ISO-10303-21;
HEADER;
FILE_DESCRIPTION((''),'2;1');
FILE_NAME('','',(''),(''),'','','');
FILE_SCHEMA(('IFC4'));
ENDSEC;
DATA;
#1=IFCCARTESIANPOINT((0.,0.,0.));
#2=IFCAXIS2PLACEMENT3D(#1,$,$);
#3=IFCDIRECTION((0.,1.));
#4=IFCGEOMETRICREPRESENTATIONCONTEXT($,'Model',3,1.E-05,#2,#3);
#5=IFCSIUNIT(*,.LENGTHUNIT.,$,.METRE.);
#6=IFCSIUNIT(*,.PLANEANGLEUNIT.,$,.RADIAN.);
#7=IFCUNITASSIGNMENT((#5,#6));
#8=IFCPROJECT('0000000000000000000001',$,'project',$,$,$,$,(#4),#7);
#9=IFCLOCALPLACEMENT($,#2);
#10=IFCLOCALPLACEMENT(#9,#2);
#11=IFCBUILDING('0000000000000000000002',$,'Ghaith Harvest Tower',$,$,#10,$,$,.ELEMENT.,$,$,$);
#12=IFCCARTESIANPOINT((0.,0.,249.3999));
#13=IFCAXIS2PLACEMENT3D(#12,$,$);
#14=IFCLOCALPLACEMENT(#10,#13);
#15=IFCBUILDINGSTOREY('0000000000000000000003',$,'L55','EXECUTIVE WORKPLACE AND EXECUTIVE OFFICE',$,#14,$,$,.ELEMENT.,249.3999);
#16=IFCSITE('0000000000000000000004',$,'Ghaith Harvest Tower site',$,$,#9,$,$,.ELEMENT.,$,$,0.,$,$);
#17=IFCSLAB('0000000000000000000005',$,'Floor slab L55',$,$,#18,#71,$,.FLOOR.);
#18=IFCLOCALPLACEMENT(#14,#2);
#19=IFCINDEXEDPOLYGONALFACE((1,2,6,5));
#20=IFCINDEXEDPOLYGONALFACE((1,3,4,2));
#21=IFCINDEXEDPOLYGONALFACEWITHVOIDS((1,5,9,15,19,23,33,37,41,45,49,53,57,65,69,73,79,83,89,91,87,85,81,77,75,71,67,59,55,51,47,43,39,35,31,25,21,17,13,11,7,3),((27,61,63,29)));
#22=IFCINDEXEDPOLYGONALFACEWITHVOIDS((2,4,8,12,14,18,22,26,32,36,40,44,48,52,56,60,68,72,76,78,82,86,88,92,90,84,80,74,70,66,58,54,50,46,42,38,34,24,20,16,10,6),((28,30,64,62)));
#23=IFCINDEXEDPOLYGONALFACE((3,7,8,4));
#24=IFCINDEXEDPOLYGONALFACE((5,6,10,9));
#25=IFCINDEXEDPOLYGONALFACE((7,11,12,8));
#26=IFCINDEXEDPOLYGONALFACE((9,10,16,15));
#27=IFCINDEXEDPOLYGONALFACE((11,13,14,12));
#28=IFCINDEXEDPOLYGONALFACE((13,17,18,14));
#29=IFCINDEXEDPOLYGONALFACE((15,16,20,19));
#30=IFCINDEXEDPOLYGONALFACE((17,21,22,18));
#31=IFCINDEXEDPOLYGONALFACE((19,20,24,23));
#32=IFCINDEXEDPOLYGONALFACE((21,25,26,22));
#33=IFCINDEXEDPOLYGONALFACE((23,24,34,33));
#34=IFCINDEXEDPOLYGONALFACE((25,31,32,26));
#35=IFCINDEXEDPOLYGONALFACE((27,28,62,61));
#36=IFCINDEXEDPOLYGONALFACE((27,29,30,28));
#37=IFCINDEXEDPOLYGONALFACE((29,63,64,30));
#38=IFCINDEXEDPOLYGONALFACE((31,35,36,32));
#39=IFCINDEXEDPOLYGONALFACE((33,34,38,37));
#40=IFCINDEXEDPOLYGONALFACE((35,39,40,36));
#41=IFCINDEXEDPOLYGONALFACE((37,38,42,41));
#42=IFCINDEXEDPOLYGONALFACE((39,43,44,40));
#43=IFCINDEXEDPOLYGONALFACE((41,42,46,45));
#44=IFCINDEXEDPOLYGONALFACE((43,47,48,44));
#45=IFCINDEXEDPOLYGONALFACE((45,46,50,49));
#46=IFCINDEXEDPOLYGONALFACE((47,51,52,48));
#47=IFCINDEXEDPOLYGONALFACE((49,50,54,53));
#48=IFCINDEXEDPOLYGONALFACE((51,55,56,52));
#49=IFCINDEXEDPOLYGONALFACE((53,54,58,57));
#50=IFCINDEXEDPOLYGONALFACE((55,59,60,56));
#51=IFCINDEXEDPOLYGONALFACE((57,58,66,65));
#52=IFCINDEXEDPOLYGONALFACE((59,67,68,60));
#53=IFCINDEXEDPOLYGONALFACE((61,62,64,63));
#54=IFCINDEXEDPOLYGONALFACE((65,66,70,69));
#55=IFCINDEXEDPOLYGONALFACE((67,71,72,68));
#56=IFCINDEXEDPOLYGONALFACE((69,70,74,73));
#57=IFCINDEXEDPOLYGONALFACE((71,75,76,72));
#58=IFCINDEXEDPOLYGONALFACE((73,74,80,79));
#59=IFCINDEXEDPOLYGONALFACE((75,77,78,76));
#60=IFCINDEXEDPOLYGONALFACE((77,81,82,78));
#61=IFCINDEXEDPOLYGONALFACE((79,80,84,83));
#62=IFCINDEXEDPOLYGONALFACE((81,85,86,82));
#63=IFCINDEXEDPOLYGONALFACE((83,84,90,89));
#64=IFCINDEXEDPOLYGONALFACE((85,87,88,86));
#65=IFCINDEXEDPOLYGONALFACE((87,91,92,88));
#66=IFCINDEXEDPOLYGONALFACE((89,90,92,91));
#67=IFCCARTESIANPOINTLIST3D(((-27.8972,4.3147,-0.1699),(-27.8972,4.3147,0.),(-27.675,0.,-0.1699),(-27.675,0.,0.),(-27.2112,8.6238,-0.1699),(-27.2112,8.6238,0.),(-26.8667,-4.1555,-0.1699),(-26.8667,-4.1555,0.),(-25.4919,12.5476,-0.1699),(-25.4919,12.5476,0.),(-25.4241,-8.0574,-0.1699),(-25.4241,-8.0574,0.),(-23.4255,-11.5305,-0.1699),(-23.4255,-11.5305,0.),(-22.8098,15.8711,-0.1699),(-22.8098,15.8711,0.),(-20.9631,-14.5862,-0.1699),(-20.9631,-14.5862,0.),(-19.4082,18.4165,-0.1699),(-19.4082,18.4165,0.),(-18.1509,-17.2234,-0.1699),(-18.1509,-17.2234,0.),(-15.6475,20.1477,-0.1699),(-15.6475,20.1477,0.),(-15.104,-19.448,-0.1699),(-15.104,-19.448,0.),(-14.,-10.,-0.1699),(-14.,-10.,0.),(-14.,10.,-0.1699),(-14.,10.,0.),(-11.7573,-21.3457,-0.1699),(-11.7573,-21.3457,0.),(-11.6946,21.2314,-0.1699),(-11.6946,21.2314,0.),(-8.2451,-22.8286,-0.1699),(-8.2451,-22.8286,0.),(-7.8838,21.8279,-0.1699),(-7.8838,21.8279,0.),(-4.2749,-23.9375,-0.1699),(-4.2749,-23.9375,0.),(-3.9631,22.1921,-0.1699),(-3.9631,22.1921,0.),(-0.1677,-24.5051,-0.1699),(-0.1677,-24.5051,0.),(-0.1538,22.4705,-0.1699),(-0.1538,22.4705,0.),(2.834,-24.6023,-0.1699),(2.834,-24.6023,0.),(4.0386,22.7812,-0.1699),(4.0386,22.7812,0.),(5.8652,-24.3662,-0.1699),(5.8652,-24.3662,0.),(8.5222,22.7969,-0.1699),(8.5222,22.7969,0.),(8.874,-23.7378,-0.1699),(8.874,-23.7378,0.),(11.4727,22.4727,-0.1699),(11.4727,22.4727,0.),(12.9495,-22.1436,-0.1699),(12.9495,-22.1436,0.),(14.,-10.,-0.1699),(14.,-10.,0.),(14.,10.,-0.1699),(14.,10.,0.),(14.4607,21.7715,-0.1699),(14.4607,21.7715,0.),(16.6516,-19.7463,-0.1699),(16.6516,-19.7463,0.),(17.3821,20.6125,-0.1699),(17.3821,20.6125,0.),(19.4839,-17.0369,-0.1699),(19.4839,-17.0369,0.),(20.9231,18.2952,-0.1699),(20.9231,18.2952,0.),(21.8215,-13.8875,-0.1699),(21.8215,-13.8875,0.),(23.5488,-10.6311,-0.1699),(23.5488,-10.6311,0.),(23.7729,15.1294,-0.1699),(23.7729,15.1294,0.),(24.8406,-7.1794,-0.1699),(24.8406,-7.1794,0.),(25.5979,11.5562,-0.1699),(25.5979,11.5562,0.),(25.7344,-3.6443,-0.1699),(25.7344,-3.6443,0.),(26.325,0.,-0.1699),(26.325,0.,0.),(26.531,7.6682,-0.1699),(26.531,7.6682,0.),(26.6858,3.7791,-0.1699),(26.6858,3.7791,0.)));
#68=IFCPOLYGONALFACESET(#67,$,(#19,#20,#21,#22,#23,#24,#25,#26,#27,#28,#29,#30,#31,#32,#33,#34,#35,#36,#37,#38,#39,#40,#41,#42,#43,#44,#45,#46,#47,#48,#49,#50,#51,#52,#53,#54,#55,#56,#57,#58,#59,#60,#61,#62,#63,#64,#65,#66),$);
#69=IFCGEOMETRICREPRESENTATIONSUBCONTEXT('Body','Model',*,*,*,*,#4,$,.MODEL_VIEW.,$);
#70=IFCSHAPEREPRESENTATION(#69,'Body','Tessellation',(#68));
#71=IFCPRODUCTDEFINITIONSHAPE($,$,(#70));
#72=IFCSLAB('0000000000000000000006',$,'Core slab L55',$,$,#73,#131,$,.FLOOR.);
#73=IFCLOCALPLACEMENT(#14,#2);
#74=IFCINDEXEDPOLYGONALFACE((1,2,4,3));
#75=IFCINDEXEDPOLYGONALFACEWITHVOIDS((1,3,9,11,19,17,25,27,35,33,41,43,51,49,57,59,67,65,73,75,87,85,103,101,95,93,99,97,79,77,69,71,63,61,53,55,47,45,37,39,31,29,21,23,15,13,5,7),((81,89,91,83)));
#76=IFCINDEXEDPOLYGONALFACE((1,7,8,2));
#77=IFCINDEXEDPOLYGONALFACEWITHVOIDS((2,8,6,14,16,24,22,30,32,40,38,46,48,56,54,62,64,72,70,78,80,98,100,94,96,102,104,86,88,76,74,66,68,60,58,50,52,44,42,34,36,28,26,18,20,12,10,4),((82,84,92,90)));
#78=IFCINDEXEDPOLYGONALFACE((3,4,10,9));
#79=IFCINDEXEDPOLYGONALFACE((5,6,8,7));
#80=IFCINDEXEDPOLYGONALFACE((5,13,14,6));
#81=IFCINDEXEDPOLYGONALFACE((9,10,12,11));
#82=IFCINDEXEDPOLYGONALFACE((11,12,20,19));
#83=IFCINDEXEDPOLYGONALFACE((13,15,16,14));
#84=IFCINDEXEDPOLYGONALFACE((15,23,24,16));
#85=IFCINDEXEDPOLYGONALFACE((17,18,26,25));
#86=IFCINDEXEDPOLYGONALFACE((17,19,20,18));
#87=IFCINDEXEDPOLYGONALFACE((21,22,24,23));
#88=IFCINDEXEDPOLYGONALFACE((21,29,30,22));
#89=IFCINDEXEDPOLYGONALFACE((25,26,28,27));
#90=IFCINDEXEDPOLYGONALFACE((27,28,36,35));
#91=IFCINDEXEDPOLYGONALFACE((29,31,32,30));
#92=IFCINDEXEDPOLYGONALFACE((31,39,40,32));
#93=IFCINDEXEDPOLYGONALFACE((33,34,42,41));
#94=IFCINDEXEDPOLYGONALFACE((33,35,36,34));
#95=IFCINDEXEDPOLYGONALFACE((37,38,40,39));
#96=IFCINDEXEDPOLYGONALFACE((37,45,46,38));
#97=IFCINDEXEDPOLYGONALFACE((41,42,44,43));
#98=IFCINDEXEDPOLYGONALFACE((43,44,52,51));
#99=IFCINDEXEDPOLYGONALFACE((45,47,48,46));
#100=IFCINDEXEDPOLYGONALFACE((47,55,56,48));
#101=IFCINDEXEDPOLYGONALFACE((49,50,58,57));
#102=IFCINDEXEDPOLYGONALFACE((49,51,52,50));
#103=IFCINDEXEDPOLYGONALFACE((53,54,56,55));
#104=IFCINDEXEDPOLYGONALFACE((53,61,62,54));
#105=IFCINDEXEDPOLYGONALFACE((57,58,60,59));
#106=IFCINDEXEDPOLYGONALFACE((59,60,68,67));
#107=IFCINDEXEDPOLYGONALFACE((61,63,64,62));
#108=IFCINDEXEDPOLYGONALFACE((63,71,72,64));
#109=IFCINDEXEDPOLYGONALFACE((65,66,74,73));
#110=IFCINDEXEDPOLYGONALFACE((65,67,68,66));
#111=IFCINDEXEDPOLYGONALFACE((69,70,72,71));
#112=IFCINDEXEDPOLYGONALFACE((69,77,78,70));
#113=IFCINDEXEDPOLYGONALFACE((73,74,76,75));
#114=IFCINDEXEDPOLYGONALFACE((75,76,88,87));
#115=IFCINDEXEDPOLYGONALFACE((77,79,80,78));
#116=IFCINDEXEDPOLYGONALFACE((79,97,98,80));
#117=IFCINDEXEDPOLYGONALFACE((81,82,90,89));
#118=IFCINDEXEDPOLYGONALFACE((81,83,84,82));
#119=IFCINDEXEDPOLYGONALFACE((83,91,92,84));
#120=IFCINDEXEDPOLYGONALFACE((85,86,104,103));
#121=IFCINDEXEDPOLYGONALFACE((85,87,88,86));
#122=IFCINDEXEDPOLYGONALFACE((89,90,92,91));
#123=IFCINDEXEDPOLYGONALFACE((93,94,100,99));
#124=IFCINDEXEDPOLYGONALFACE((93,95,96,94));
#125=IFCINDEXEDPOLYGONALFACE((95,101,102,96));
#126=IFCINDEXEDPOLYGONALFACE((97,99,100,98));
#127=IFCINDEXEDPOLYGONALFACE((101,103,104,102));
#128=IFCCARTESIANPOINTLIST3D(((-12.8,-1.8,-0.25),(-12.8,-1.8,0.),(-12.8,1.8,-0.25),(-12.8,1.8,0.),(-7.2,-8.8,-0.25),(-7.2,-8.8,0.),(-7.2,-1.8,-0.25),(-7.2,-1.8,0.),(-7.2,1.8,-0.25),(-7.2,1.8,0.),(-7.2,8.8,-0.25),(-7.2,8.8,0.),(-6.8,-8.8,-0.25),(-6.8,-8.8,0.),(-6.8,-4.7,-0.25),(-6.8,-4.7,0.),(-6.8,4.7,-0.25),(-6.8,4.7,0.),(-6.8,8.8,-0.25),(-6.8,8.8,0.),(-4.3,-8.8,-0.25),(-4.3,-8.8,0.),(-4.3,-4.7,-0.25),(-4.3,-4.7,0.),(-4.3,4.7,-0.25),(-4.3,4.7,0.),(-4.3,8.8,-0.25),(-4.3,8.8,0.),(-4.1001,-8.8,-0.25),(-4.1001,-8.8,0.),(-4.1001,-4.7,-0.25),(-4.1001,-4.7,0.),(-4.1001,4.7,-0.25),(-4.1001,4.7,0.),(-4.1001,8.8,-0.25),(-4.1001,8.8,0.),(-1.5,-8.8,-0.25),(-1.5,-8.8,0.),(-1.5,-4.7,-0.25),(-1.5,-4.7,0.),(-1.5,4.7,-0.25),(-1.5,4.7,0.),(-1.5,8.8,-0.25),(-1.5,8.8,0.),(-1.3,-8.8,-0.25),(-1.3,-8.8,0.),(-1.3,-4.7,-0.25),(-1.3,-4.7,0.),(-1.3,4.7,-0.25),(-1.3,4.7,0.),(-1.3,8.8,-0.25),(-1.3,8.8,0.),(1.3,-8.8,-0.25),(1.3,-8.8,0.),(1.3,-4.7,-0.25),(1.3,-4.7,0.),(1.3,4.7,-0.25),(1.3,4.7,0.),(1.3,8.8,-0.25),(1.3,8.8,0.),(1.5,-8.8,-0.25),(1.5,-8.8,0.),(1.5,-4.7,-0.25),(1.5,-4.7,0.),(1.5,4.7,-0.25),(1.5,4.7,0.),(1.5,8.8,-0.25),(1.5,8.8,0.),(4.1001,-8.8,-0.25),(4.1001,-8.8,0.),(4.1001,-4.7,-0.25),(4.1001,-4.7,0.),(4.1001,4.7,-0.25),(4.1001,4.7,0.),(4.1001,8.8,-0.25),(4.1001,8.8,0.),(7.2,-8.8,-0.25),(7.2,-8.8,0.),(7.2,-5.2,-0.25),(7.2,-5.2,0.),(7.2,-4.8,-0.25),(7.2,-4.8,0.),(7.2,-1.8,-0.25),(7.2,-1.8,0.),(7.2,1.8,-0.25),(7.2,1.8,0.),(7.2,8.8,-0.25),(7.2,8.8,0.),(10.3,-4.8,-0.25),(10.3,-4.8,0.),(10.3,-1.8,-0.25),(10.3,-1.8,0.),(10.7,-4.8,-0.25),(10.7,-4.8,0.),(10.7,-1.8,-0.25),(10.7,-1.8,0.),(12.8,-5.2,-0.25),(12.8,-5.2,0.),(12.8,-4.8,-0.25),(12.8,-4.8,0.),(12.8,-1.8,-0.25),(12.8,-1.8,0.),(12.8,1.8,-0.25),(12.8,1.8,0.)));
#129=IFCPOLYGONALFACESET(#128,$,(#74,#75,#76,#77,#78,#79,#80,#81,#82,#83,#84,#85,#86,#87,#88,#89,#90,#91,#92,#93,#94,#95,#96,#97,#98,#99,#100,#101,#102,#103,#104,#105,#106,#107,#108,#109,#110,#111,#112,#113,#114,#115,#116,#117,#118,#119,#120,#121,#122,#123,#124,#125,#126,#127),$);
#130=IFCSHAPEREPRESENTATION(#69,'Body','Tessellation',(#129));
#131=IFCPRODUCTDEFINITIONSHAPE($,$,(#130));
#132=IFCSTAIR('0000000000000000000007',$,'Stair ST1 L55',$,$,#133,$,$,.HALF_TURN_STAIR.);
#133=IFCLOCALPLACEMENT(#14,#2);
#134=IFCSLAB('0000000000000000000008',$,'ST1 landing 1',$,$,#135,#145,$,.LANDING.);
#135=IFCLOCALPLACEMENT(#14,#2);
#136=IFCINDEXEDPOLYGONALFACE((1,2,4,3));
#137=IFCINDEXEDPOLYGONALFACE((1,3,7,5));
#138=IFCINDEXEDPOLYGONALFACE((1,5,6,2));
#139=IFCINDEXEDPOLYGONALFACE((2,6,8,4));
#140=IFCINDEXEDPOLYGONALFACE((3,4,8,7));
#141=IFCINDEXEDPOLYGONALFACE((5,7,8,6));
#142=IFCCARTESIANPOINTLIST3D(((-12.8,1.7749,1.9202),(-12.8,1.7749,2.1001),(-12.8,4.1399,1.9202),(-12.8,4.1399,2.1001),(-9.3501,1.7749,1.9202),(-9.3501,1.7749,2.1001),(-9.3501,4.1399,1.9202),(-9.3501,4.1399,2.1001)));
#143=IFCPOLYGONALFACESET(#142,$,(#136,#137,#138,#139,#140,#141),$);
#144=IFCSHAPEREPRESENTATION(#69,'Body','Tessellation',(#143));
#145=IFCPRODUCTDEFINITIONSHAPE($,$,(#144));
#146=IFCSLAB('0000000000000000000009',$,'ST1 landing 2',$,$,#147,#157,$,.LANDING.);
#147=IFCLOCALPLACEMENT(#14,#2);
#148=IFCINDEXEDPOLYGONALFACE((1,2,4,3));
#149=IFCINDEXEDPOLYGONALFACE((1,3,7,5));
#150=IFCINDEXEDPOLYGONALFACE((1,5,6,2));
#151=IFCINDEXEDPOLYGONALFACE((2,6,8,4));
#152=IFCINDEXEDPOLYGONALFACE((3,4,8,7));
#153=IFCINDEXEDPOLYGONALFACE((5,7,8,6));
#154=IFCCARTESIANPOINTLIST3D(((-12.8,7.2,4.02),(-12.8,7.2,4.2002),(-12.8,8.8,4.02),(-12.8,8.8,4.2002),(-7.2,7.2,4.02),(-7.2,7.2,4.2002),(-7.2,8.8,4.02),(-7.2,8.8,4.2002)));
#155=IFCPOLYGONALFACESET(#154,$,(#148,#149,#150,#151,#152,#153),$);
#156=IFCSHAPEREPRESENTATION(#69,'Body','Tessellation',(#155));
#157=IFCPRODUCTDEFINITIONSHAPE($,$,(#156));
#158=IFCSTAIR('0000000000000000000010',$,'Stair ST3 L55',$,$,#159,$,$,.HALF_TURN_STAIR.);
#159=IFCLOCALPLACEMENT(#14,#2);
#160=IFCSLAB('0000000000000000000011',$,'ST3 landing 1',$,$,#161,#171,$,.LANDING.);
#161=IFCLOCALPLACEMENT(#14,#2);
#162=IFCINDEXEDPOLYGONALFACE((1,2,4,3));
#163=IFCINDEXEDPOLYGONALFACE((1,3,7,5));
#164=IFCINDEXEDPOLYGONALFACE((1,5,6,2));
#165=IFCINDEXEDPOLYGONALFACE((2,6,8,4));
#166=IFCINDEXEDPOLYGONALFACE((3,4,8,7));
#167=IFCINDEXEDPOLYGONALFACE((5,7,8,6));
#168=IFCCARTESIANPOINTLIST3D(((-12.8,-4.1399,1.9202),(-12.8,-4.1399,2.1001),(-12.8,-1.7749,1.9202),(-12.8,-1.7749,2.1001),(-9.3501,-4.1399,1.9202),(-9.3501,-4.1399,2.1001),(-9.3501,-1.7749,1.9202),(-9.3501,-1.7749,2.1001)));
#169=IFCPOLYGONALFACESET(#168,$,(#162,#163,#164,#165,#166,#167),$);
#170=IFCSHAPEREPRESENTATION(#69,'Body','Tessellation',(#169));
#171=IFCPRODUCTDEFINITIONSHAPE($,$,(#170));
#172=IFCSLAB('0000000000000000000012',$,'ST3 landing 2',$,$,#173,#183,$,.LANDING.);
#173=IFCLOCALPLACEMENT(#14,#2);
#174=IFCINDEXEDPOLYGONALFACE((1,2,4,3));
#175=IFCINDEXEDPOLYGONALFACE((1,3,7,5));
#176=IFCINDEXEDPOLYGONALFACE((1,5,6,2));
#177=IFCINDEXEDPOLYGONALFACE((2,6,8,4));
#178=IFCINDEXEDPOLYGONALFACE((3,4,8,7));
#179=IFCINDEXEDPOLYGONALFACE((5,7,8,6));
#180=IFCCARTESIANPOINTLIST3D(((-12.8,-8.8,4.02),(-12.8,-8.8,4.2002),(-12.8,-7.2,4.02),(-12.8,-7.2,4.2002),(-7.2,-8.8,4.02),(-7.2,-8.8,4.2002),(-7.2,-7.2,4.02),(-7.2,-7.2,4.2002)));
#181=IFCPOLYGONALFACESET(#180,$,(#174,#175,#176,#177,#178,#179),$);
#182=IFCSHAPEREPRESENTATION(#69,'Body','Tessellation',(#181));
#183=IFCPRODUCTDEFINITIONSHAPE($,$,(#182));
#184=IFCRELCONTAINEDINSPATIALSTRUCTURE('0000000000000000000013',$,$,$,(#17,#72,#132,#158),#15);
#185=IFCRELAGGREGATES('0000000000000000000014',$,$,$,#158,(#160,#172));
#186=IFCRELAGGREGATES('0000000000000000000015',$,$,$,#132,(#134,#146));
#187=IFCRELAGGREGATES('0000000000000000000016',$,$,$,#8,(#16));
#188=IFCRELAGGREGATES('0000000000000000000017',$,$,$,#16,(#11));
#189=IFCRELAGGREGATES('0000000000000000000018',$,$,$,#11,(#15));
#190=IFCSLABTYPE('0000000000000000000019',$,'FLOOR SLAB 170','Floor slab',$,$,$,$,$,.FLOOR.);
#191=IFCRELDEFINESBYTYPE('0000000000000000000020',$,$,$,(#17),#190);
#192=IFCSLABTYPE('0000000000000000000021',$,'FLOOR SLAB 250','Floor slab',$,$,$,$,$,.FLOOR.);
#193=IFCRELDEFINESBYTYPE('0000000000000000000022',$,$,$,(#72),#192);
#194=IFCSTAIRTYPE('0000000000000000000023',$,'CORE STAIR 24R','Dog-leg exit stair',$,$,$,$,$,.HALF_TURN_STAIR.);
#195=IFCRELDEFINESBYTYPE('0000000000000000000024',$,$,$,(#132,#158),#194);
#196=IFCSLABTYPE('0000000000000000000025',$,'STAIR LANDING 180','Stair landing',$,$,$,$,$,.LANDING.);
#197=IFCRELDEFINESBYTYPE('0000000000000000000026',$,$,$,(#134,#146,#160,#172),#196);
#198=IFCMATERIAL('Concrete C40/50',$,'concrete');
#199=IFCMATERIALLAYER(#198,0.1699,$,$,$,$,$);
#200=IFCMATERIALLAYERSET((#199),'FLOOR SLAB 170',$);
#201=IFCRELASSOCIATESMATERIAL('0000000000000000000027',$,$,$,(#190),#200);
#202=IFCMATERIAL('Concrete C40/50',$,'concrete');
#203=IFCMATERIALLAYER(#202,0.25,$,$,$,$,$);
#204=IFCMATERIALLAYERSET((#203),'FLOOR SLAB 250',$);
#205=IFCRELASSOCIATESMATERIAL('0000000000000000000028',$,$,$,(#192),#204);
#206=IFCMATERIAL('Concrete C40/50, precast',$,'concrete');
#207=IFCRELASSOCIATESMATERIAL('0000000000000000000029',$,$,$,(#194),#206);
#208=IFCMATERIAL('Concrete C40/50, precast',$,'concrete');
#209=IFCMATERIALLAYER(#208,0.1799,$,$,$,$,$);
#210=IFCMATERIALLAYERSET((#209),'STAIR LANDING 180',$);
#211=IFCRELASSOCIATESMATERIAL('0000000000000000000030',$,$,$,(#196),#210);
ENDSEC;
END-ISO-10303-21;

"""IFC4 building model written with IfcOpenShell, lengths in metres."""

from ifc_helpers import new_model, si_unit, direction, frame, origin, place, context, subcontext, project, spatial, polyline, outline, extrude, material, layer, layer_set, type_object, element, aggregate, save


model = new_model("IFC4")

# Units and contexts
model_context = context("Model", 3, precision=1e-05, world=origin(), true_north=direction((0.0, 1.0)))
body_context = subcontext(model_context, "Body", "Model", "MODEL_VIEW")
ifc_project = project(units=[si_unit("LENGTHUNIT", "METRE"), si_unit("PLANEANGLEUNIT", "RADIAN")], contexts=[model_context])

# Site, building, storey
site_placement = place(None, origin())
site = spatial("IfcSite", under=ifc_project, at=site_placement, Name="Ghaith Harvest Tower site", CompositionType="ELEMENT", RefElevation=0.0)
building_placement = place(site_placement, origin())
building = spatial("IfcBuilding", under=site, at=building_placement, Name="Ghaith Harvest Tower", CompositionType="ELEMENT")
storey_placement = place(building_placement, frame((0.0, 0.0, 249.3999)))
storey = spatial("IfcBuildingStorey", under=building, at=storey_placement, Name="L55", Description="EXECUTIVE WORKPLACE AND EXECUTIVE OFFICE", CompositionType="ELEMENT", Elevation=249.3999)

# Slabs
ifc_material_1 = material(Name="Concrete C40/50", Category="concrete")
ifc_layer_1 = layer(ifc_material_1, 0.1699)
ifc_layer_set_1 = layer_set([ifc_layer_1], Name="FLOOR SLAB 170")
slab_type_1 = type_object("IfcSlabType", Name="FLOOR SLAB 170", Description="Floor slab", PredefinedType="FLOOR", material=ifc_layer_set_1)
slab_1_placement = place(storey_placement, frame((0.0, 0.0, -0.1699)))
element("IfcSlab", 1, at=slab_1_placement, inside=storey, type_object=slab_type_1, Name="Floor slab L55", PredefinedType="FLOOR", context=body_context, shape_type="SweptSolid", body=[
    extrude(outline(polyline([(26.325, 0.0), (26.6858, 3.7791), (26.531, 7.6682), (25.5979, 11.5562), (23.7729, 15.1294), (20.9231, 18.2952), (17.3821, 20.6125), (14.4607, 21.7715), (11.4727, 22.4727), (8.5222, 22.7969), (4.0386, 22.7812), (-0.1538, 22.4705), (-3.9631, 22.1921), (-7.8838, 21.8279), (-11.6946, 21.2314), (-15.6475, 20.1477), (-19.4082, 18.4165), (-22.8098, 15.8711), (-25.4919, 12.5476), (-27.2112, 8.6238), (-27.8972, 4.3147), (-27.675, 0.0), (-26.8667, -4.1555), (-25.4241, -8.0574), (-23.4255, -11.5305), (-20.9631, -14.5862), (-18.1509, -17.2234), (-15.104, -19.448), (-11.7573, -21.3457), (-8.2451, -22.8286), (-4.2749, -23.9375), (-0.1677, -24.5051), (2.834, -24.6023), (5.8652, -24.3662), (8.874, -23.7378), (12.9495, -22.1436), (16.6516, -19.7463), (19.4839, -17.0369), (21.8215, -13.8875), (23.5488, -10.6311), (24.8406, -7.1794), (25.7344, -3.6443), (26.325, 0.0)]), holes=[polyline([(-14.0, -10.0), (14.0, -10.0), (14.0, 10.0), (-14.0, 10.0), (-14.0, -10.0)])]), origin(), (0.0, 0.0, 1.0), 0.1699),
])
ifc_material_2 = material(Name="Concrete C40/50", Category="concrete")
ifc_layer_2 = layer(ifc_material_2, 0.25)
ifc_layer_set_2 = layer_set([ifc_layer_2], Name="FLOOR SLAB 250")
slab_type_2 = type_object("IfcSlabType", Name="FLOOR SLAB 250", Description="Floor slab", PredefinedType="FLOOR", material=ifc_layer_set_2)
slab_2_placement = place(storey_placement, frame((0.0, 0.0, -0.25)))
element("IfcSlab", 2, at=slab_2_placement, inside=storey, type_object=slab_type_2, Name="Core slab L55", PredefinedType="FLOOR", context=body_context, shape_type="SweptSolid", body=[
    extrude(outline(polyline([(-12.8, 1.8), (-7.2, 1.8), (-7.2, 8.8), (-6.8, 8.8), (-6.8, 4.7), (-4.3, 4.7), (-4.3, 8.8), (-4.1001, 8.8), (-4.1001, 4.7), (-1.5, 4.7), (-1.5, 8.8), (-1.3, 8.8), (-1.3, 4.7), (1.3, 4.7), (1.3, 8.8), (1.5, 8.8), (1.5, 4.7), (4.1001, 4.7), (4.1001, 8.8), (7.2, 8.8), (7.2, 1.8), (12.8, 1.8), (12.8, -1.8), (10.7, -1.8), (10.7, -4.8), (12.8, -4.8), (12.8, -5.2), (7.2, -5.2), (7.2, -8.8), (4.1001, -8.8), (4.1001, -4.7), (1.5, -4.7), (1.5, -8.8), (1.3, -8.8), (1.3, -4.7), (-1.3, -4.7), (-1.3, -8.8), (-1.5, -8.8), (-1.5, -4.7), (-4.1001, -4.7), (-4.1001, -8.8), (-4.3, -8.8), (-4.3, -4.7), (-6.8, -4.7), (-6.8, -8.8), (-7.2, -8.8), (-7.2, -1.8), (-12.8, -1.8), (-12.8, 1.8)]), holes=[polyline([(10.3, -4.8), (10.3, -1.8), (7.2, -1.8), (7.2, -4.8), (10.3, -4.8)])]), origin(), (0.0, 0.0, 1.0), 0.25),
])

# Stairs, slabs
ifc_material_3 = material(Name="Concrete C40/50, precast", Category="concrete")
stair_type = type_object("IfcStairType", Name="CORE STAIR 24R", Description="Dog-leg exit stair", PredefinedType="HALF_TURN_STAIR", material=ifc_material_3)
stair_1_placement = place(storey_placement, origin())
stair_1 = element("IfcStair", 3, at=stair_1_placement, inside=storey, type_object=stair_type, Name="Stair ST1 L55", PredefinedType="HALF_TURN_STAIR")
ifc_material_4 = material(Name="Concrete C40/50, precast", Category="concrete")
ifc_layer_3 = layer(ifc_material_4, 0.1799)
ifc_layer_set_3 = layer_set([ifc_layer_3], Name="STAIR LANDING 180")
slab_type_3 = type_object("IfcSlabType", Name="STAIR LANDING 180", Description="Stair landing", PredefinedType="LANDING", material=ifc_layer_set_3)
slab_3_placement = place(storey_placement, frame((0.0, 0.0, 1.9202)))
slab_3 = element("IfcSlab", 4, at=slab_3_placement, type_object=slab_type_3, Name="ST1 landing 1", PredefinedType="LANDING", context=body_context, shape_type="SweptSolid", body=[
    extrude(outline(polyline([(-12.8, 4.1399), (-12.8, 1.7749), (-9.3501, 1.7749), (-9.3501, 4.1399), (-12.8, 4.1399)])), origin(), (0.0, 0.0, 1.0), 0.1799),
])
slab_4_placement = place(storey_placement, frame((0.0, 0.0, 4.02)))
slab_4 = element("IfcSlab", 5, at=slab_4_placement, type_object=slab_type_3, Name="ST1 landing 2", PredefinedType="LANDING", context=body_context, shape_type="SweptSolid", body=[
    extrude(outline(polyline([(-12.8, 8.8), (-12.8, 7.2), (-7.2, 7.2), (-7.2, 8.8), (-12.8, 8.8)])), origin(), (0.0, 0.0, 1.0), 0.1802),
])
stair_2_placement = place(storey_placement, origin())
stair_2 = element("IfcStair", 6, at=stair_2_placement, inside=storey, type_object=stair_type, Name="Stair ST3 L55", PredefinedType="HALF_TURN_STAIR")
slab_5_placement = place(storey_placement, frame((0.0, 0.0, 1.9202)))
slab_5 = element("IfcSlab", 7, at=slab_5_placement, type_object=slab_type_3, Name="ST3 landing 1", PredefinedType="LANDING", context=body_context, shape_type="SweptSolid", body=[
    extrude(outline(polyline([(-12.8, -4.1399), (-12.8, -1.7749), (-9.3501, -1.7749), (-9.3501, -4.1399), (-12.8, -4.1399)])), origin(), (0.0, 0.0, 1.0), 0.1799),
])
slab_6_placement = place(storey_placement, frame((0.0, 0.0, 4.02)))
slab_6 = element("IfcSlab", 8, at=slab_6_placement, type_object=slab_type_3, Name="ST3 landing 2", PredefinedType="LANDING", context=body_context, shape_type="SweptSolid", body=[
    extrude(outline(polyline([(-12.8, -8.8), (-12.8, -7.2), (-7.2, -7.2), (-7.2, -8.8), (-12.8, -8.8)])), origin(), (0.0, 0.0, 1.0), 0.1802),
])
aggregate(stair_2, [slab_5, slab_6])

aggregate(stair_1, [slab_3, slab_4])

save(model, "model.ifc")
